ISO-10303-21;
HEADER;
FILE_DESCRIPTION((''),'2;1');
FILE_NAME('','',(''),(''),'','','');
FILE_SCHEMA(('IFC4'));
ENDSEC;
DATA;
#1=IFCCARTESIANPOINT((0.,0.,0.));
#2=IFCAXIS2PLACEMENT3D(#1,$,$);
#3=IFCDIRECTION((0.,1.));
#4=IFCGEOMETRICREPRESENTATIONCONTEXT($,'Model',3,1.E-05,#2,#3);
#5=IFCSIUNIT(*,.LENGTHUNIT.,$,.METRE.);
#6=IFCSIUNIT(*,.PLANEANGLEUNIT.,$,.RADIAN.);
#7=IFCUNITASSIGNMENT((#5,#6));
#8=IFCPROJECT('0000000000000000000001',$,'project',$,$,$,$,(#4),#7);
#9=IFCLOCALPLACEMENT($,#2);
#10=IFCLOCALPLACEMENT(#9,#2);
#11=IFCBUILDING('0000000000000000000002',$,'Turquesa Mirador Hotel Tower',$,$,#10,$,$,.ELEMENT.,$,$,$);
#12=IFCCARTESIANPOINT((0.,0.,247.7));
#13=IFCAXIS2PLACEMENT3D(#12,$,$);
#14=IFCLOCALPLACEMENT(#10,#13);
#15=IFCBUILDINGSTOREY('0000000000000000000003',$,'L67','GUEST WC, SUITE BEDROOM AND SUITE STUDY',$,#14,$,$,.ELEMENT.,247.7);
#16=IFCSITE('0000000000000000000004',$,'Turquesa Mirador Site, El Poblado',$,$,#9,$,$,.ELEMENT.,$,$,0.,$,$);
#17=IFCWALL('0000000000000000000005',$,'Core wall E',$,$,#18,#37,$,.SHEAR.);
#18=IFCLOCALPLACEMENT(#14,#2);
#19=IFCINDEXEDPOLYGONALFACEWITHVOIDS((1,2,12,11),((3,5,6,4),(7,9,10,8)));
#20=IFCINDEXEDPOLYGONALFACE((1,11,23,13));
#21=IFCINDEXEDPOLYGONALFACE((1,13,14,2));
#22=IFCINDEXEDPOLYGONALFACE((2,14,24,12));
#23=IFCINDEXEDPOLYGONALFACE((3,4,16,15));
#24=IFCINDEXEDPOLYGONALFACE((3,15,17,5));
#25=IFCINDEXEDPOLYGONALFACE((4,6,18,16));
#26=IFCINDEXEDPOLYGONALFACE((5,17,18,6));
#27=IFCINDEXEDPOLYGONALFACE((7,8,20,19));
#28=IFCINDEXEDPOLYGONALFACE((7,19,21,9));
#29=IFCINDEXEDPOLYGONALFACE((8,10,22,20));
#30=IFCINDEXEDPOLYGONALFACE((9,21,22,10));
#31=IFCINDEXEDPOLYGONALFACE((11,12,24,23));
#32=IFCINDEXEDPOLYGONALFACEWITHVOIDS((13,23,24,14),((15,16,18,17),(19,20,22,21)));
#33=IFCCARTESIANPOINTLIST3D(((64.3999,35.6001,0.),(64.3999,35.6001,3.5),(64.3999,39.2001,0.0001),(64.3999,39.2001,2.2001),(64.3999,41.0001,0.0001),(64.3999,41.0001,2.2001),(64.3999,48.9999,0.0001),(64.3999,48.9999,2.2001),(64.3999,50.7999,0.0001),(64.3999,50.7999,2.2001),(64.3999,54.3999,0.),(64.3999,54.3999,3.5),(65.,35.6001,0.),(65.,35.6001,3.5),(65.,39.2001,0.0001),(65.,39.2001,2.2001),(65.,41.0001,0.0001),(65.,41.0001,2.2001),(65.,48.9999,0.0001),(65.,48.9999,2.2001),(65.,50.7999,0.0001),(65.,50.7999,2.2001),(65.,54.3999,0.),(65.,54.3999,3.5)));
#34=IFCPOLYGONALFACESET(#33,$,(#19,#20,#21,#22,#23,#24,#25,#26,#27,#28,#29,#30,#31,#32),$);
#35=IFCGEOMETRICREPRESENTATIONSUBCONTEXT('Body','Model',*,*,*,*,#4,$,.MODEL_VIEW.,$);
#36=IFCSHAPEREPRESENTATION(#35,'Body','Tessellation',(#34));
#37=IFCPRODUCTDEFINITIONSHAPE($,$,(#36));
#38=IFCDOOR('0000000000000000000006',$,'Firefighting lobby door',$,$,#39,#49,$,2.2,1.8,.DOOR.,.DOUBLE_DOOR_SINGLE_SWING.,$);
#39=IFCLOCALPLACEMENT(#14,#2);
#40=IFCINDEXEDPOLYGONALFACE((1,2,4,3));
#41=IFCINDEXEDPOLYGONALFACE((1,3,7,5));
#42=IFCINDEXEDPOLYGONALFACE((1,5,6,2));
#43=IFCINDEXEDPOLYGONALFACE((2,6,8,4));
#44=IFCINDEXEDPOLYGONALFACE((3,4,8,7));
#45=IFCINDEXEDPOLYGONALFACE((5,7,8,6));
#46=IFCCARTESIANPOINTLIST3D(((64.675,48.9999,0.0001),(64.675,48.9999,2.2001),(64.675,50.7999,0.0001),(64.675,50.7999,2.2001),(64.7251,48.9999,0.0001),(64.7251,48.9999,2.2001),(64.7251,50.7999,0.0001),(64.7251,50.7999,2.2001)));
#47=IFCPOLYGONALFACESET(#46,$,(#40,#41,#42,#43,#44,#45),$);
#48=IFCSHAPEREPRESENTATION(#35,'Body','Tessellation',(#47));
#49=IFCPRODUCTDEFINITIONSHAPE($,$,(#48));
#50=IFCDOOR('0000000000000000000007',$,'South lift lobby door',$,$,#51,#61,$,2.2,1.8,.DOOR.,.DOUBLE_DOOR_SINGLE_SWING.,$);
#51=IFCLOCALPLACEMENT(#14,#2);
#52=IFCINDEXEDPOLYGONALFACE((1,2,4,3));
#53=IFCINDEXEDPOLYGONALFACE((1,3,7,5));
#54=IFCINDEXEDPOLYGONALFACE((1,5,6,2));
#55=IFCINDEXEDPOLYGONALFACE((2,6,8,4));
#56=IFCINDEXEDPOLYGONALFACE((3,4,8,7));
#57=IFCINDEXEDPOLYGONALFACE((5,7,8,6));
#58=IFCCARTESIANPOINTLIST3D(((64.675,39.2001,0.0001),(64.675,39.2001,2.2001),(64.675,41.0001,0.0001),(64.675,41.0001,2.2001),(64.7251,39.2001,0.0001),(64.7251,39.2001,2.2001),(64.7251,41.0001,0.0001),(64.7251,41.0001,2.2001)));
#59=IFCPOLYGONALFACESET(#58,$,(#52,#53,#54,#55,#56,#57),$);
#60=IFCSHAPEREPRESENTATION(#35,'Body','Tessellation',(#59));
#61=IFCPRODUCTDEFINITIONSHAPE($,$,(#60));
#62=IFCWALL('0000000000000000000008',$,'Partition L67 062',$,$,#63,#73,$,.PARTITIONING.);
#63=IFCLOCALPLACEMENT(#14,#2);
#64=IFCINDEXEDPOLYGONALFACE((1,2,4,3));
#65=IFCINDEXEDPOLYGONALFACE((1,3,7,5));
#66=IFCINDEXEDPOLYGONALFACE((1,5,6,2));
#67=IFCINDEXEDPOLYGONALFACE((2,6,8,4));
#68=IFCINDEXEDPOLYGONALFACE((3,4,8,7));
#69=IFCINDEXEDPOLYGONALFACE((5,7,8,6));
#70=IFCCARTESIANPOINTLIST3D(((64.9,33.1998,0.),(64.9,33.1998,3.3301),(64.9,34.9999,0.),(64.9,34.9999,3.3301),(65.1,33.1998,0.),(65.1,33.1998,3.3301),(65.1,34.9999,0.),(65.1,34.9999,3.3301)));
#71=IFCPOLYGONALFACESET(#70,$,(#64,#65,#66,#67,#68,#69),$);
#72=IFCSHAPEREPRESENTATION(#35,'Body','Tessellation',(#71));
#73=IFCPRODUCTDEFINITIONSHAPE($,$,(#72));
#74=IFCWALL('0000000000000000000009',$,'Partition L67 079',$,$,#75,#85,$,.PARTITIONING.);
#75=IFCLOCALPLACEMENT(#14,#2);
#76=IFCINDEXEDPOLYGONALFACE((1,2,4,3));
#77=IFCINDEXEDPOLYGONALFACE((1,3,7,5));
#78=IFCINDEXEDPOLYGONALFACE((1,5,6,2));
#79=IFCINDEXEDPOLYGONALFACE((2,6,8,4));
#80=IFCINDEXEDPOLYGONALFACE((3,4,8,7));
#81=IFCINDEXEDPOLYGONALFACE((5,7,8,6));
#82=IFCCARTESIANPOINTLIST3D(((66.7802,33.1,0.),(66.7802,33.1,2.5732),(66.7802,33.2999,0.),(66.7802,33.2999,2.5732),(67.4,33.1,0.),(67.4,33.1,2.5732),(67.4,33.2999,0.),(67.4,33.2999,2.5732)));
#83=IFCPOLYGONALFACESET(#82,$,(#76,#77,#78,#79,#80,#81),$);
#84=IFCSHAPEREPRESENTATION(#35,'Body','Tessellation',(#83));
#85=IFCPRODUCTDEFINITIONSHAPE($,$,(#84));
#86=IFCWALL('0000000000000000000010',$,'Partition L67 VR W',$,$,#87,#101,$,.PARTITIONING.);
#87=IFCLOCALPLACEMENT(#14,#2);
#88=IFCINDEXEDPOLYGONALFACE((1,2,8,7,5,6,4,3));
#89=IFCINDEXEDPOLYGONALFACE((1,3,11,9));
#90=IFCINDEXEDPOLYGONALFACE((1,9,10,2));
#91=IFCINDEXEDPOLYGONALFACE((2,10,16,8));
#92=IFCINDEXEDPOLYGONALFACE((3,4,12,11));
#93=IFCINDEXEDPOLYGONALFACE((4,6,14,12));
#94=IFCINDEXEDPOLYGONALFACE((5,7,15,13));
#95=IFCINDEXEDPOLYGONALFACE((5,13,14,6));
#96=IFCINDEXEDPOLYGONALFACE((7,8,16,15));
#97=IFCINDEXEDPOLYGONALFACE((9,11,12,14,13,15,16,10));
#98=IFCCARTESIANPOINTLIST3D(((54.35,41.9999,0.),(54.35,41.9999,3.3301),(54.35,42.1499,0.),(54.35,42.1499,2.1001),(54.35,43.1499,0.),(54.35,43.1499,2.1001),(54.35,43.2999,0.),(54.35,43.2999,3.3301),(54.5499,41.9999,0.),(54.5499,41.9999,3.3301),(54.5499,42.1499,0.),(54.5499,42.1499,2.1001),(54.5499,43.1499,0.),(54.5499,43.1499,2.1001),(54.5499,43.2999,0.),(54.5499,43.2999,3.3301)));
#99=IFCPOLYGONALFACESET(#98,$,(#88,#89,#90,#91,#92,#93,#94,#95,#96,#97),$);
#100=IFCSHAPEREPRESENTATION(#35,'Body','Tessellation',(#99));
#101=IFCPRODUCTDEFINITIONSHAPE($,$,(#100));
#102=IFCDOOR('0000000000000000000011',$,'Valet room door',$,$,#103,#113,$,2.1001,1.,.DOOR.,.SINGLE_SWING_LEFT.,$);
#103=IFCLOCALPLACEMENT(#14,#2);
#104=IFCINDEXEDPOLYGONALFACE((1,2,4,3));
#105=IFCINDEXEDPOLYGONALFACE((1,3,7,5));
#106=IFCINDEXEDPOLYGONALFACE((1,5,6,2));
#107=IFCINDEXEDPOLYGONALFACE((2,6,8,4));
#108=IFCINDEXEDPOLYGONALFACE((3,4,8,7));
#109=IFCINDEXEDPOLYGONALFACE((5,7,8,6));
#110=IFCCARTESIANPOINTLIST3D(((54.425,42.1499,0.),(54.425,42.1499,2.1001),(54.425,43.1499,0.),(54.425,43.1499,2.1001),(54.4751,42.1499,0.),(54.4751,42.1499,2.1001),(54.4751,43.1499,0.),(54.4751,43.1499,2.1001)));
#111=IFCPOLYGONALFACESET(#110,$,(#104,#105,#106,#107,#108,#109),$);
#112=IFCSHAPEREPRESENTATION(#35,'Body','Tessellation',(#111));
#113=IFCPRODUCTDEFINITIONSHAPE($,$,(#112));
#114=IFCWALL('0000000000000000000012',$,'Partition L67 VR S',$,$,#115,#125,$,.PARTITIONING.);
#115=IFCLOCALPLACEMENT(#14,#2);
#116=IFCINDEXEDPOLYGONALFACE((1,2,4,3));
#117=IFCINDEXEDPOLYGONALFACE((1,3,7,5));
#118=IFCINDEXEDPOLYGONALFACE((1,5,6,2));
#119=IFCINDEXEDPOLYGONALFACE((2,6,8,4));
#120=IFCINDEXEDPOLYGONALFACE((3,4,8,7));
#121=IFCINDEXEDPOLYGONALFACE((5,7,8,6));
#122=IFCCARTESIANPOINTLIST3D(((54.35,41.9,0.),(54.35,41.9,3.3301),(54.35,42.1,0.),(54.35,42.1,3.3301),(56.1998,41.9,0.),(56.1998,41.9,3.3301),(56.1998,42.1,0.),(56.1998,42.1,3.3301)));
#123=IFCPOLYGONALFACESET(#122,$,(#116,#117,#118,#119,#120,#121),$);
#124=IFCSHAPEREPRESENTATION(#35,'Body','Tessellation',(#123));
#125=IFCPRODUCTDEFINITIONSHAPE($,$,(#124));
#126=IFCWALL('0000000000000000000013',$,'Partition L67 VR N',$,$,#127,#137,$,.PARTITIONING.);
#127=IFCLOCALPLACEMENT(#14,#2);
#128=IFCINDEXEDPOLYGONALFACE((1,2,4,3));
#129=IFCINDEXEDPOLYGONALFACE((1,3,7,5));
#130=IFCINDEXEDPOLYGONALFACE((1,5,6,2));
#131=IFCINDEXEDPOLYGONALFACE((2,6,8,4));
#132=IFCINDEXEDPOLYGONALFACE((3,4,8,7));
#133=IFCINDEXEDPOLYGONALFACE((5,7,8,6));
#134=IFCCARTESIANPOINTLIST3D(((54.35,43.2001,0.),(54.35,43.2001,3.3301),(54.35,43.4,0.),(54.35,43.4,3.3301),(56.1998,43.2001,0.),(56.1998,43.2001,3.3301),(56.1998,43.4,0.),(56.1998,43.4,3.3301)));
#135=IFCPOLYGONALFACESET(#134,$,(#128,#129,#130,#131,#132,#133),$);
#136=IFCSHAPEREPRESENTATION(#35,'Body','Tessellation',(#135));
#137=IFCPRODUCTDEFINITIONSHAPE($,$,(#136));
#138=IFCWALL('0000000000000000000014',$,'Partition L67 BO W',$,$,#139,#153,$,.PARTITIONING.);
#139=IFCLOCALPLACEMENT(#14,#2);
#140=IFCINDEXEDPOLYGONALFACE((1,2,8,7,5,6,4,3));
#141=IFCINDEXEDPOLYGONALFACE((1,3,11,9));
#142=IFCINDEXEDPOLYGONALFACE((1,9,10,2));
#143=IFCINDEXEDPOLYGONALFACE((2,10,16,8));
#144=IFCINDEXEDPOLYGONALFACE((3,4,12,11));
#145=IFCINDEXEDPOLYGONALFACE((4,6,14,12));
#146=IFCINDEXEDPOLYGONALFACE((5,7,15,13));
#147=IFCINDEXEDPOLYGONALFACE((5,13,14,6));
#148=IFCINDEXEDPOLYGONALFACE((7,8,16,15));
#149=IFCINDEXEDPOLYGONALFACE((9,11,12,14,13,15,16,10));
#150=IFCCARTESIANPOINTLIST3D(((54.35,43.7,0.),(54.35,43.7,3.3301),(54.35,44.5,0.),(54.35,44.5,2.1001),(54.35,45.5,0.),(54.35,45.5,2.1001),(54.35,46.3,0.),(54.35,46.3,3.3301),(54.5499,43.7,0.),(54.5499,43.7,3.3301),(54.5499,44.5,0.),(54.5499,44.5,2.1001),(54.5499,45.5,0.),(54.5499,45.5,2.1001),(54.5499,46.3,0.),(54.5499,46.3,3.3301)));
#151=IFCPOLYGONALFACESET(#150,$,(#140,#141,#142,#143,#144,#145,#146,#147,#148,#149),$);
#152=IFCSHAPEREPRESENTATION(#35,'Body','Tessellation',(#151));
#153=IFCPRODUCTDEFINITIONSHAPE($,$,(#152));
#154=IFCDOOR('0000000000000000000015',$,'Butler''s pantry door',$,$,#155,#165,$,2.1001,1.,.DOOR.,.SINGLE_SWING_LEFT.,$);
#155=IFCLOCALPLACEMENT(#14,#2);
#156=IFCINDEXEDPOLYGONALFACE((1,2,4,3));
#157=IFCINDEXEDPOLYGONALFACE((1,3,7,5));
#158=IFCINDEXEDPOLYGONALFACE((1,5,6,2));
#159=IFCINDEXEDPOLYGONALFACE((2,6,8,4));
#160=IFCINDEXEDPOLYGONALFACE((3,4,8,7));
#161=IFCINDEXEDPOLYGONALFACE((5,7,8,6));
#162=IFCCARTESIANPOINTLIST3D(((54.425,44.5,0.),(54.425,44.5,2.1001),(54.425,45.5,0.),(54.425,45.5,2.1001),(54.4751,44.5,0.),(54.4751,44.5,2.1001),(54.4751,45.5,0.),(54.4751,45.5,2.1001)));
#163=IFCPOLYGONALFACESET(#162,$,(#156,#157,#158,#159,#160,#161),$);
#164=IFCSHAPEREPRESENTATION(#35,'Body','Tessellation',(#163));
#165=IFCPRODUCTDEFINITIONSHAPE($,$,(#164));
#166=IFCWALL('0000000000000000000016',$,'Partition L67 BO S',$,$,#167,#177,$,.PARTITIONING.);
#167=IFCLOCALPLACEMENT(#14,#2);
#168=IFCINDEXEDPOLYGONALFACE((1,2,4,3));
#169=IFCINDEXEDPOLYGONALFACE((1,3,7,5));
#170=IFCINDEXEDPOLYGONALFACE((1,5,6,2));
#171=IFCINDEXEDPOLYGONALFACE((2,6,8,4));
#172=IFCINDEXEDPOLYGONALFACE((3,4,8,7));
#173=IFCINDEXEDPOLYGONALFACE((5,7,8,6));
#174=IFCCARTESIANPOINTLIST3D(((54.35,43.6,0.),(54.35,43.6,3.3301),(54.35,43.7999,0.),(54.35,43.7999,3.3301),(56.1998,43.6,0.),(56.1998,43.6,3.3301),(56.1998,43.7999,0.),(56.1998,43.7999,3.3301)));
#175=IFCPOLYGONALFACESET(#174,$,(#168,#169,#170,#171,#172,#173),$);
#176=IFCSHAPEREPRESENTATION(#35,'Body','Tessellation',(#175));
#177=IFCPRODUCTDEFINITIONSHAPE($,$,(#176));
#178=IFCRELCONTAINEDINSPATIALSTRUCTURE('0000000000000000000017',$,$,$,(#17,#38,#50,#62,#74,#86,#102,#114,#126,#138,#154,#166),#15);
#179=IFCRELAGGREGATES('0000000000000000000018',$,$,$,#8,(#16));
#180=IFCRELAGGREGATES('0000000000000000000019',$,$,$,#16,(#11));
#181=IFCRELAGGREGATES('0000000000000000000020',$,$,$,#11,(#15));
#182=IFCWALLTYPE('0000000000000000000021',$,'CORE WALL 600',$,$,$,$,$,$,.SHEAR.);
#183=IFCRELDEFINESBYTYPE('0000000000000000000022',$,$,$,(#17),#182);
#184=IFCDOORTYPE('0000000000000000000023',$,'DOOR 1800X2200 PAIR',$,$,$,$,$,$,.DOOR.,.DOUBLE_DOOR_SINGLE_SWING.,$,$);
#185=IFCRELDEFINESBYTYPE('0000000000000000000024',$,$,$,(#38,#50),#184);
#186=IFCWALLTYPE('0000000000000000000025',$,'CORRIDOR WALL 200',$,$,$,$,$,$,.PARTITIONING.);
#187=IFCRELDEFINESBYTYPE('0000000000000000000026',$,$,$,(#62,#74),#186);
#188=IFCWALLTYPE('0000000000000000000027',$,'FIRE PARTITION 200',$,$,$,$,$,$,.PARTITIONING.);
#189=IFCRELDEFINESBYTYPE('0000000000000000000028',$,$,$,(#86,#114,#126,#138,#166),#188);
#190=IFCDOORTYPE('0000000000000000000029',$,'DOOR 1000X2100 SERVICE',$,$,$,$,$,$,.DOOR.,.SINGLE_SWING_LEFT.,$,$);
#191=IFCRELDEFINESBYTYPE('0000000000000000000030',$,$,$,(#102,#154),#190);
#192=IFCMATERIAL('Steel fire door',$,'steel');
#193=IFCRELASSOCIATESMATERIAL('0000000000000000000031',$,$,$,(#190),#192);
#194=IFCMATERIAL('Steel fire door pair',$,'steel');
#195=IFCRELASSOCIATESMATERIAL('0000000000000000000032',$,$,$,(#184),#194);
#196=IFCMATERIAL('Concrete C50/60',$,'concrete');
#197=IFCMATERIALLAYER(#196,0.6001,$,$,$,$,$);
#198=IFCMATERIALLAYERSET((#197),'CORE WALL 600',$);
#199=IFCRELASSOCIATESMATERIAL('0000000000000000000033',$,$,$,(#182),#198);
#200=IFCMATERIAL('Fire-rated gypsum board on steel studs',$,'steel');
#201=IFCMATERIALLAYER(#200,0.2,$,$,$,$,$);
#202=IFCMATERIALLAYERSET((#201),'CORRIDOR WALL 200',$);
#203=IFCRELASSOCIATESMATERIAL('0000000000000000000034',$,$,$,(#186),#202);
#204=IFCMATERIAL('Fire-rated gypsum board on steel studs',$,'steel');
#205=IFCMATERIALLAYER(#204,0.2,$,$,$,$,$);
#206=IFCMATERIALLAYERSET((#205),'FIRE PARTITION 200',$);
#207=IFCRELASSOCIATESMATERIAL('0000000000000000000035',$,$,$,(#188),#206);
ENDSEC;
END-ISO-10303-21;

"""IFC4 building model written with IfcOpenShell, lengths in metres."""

from ifc_helpers import new_model, si_unit, direction, frame, frame_2d, origin, place, context, subcontext, project, spatial, rectangle, extrude, material, layer, layer_set, type_object, element, fill, save


model = new_model("IFC4")

# Units and contexts
model_context = context("Model", 3, precision=1e-05, world=origin(), true_north=direction((0.0, 1.0)))
body_context = subcontext(model_context, "Body", "Model", "MODEL_VIEW")
ifc_project = project(units=[si_unit("LENGTHUNIT", "METRE"), si_unit("PLANEANGLEUNIT", "RADIAN")], contexts=[model_context])

# Site, building, storey
site_placement = place(None, origin())
site = spatial("IfcSite", under=ifc_project, at=site_placement, Name="Turquesa Mirador Site, El Poblado", CompositionType="ELEMENT", RefElevation=0.0)
building_placement = place(site_placement, origin())
building = spatial("IfcBuilding", under=site, at=building_placement, Name="Turquesa Mirador Hotel Tower", CompositionType="ELEMENT")
storey_placement = place(building_placement, frame((0.0, 0.0, 247.7)))
storey = spatial("IfcBuildingStorey", under=building, at=storey_placement, Name="L67", Description="GUEST WC, SUITE BEDROOM AND SUITE STUDY", CompositionType="ELEMENT", Elevation=247.7)

# Shared definitions
ifc_material_1 = material(Name="Steel fire door", Category="steel")
door_type_1 = type_object("IfcDoorType", Name="DOOR 1000X2100 SERVICE", OperationType="SINGLE_SWING_LEFT", PredefinedType="DOOR", material=ifc_material_1)
ifc_material_2 = material(Name="Steel fire door pair", Category="steel")
door_type_2 = type_object("IfcDoorType", Name="DOOR 1800X2200 PAIR", OperationType="DOUBLE_DOOR_SINGLE_SWING", PredefinedType="DOOR", material=ifc_material_2)

# Wall, openings, doors
ifc_material_3 = material(Name="Concrete C50/60", Category="concrete")
ifc_layer_1 = layer(ifc_material_3, 0.6001)
ifc_layer_set_1 = layer_set([ifc_layer_1], Name="CORE WALL 600")
wall_type_1 = type_object("IfcWallType", Name="CORE WALL 600", PredefinedType="SHEAR", material=ifc_layer_set_1)
wall_1_placement = place(storey_placement, frame((64.7, 35.6001, 0.0), z_axis=(0.0, 0.0, 1.0), x_axis=(0.0, 1.0, 0.0)))
wall_1 = element("IfcWall", 1, at=wall_1_placement, inside=storey, type_object=wall_type_1, Name="Core wall E", PredefinedType="SHEAR", context=body_context, shape_type="SweptSolid", body=[
    extrude(rectangle(XDim=18.7998, YDim=0.6001, at=frame_2d((9.3999, 0.0))), origin(), (0.0, 0.0, 1.0), 3.5),
])
opening_1_placement = place(wall_1_placement, frame((13.3999, 0.0, 0.0)))
opening_1 = element("IfcOpeningElement", 2, at=opening_1_placement, cuts=wall_1, PredefinedType="OPENING", context=body_context, shape_type="SweptSolid", body=[
    extrude(rectangle(XDim=1.8, YDim=2.2, at=frame_2d((0.8999, 1.1001))), frame((0.0, 0.3101, 0.0), z_axis=(0.0, -1.0, 0.0), x_axis=(1.0, 0.0, 0.0)), (0.0, 0.0, 1.0), 0.6201),
])
opening_2_placement = place(wall_1_placement, frame((3.6001, 0.0, 0.0)))
opening_2 = element("IfcOpeningElement", 3, at=opening_2_placement, cuts=wall_1, PredefinedType="OPENING", context=body_context, shape_type="SweptSolid", body=[
    extrude(rectangle(XDim=1.8, YDim=2.2, at=frame_2d((0.8999, 1.1001))), frame((0.0, 0.3101, 0.0), z_axis=(0.0, -1.0, 0.0), x_axis=(1.0, 0.0, 0.0)), (0.0, 0.0, 1.0), 0.6201),
])
door_1_placement = place(opening_1_placement, origin())
door_1 = element("IfcDoor", 4, at=door_1_placement, inside=storey, type_object=door_type_2, Name="Firefighting lobby door", OperationType="DOUBLE_DOOR_SINGLE_SWING", OverallHeight=2.2, OverallWidth=1.8, PredefinedType="DOOR", context=body_context, shape_type="SweptSolid", body=[
    extrude(rectangle(XDim=1.8, YDim=2.2, at=frame_2d((0.8999, 1.1001))), frame((0.0, 0.0249, 0.0), z_axis=(0.0, -1.0, 0.0), x_axis=(1.0, 0.0, 0.0)), (0.0, 0.0, 1.0), 0.05),
])
fill(opening_1, door_1)
door_2_placement = place(opening_2_placement, origin())
door_2 = element("IfcDoor", 5, at=door_2_placement, inside=storey, type_object=door_type_2, Name="South lift lobby door", OperationType="DOUBLE_DOOR_SINGLE_SWING", OverallHeight=2.2, OverallWidth=1.8, PredefinedType="DOOR", context=body_context, shape_type="SweptSolid", body=[
    extrude(rectangle(XDim=1.8, YDim=2.2, at=frame_2d((0.8999, 1.1001))), frame((0.0, 0.0249, 0.0), z_axis=(0.0, -1.0, 0.0), x_axis=(1.0, 0.0, 0.0)), (0.0, 0.0, 1.0), 0.05),
])
fill(opening_2, door_2)

# Walls
ifc_material_4 = material(Name="Fire-rated gypsum board on steel studs", Category="steel")
ifc_layer_2 = layer(ifc_material_4, 0.2)
ifc_layer_set_2 = layer_set([ifc_layer_2], Name="CORRIDOR WALL 200")
wall_type_2 = type_object("IfcWallType", Name="CORRIDOR WALL 200", PredefinedType="PARTITIONING", material=ifc_layer_set_2)
wall_2_placement = place(storey_placement, frame((65.0, 33.2, 0.0), z_axis=(0.0, 0.0, 1.0), x_axis=(0.0, 1.0, 0.0)))
element("IfcWall", 6, at=wall_2_placement, inside=storey, type_object=wall_type_2, Name="Partition L67 062", PredefinedType="PARTITIONING", context=body_context, shape_type="SweptSolid", body=[
    extrude(rectangle(XDim=1.8, YDim=0.2, at=frame_2d((0.8999, 0.0))), origin(), (0.0, 0.0, 1.0), 3.3301),
])
wall_3_placement = place(storey_placement, frame((66.78, 33.2, 0.0), z_axis=(0.0, 0.0, 1.0), x_axis=(1.0, 0.0, 0.0)))
element("IfcWall", 7, at=wall_3_placement, inside=storey, type_object=wall_type_2, Name="Partition L67 079", PredefinedType="PARTITIONING", context=body_context, shape_type="SweptSolid", body=[
    extrude(rectangle(XDim=0.6199, YDim=0.2, at=frame_2d((0.3101, 0.0))), origin(), (0.0, 0.0, 1.0), 2.5732),
])

# Wall, opening, door
ifc_material_5 = material(Name="Fire-rated gypsum board on steel studs", Category="steel")
ifc_layer_3 = layer(ifc_material_5, 0.2)
ifc_layer_set_3 = layer_set([ifc_layer_3], Name="FIRE PARTITION 200")
wall_type_3 = type_object("IfcWallType", Name="FIRE PARTITION 200", PredefinedType="PARTITIONING", material=ifc_layer_set_3)
wall_4_placement = place(storey_placement, frame((54.45, 42.0, 0.0), z_axis=(0.0, 0.0, 1.0), x_axis=(0.0, 1.0, 0.0)))
wall_4 = element("IfcWall", 8, at=wall_4_placement, inside=storey, type_object=wall_type_3, Name="Partition L67 VR W", PredefinedType="PARTITIONING", context=body_context, shape_type="SweptSolid", body=[
    extrude(rectangle(XDim=1.3, YDim=0.2, at=frame_2d((0.6499, 0.0))), origin(), (0.0, 0.0, 1.0), 3.3301),
])
opening_3_placement = place(wall_4_placement, frame((0.1499, 0.0, 0.0)))
opening_3 = element("IfcOpeningElement", 9, at=opening_3_placement, cuts=wall_4, PredefinedType="OPENING", context=body_context, shape_type="SweptSolid", body=[
    extrude(rectangle(XDim=1.0, YDim=2.1001, at=frame_2d((0.5, 1.05))), frame((0.0, 0.1099, 0.0), z_axis=(0.0, -1.0, 0.0), x_axis=(1.0, 0.0, 0.0)), (0.0, 0.0, 1.0), 0.22),
])
door_3_placement = place(opening_3_placement, origin())
door_3 = element("IfcDoor", 10, at=door_3_placement, inside=storey, type_object=door_type_1, Name="Valet room door", OperationType="SINGLE_SWING_LEFT", OverallHeight=2.1001, OverallWidth=1.0, PredefinedType="DOOR", context=body_context, shape_type="SweptSolid", body=[
    extrude(rectangle(XDim=1.0, YDim=2.1001, at=frame_2d((0.5, 1.05))), frame((0.0, 0.0249, 0.0), z_axis=(0.0, -1.0, 0.0), x_axis=(1.0, 0.0, 0.0)), (0.0, 0.0, 1.0), 0.05),
])
fill(opening_3, door_3)

# Walls
for number, where, z_axis, x_axis, name in (
    (11, (54.3501, 42.0, 0.0), (0.0, 0.0, 1.0), (1.0, 0.0, 0.0), "Partition L67 VR S"),
    (12, (54.3501, 43.3, 0.0), (0.0, 0.0, 1.0), (1.0, 0.0, 0.0), "Partition L67 VR N"),
):
    element("IfcWall", number, at=place(storey_placement, frame(where, z_axis=z_axis, x_axis=x_axis)), inside=storey, type_object=wall_type_3, Name=name, PredefinedType="PARTITIONING", context=body_context, shape_type="SweptSolid", body=[
        extrude(rectangle(XDim=1.8499, YDim=0.2, at=frame_2d((0.9248, 0.0))), origin(), (0.0, 0.0, 1.0), 3.3301),
    ])

# Wall, opening, door
wall_5_placement = place(storey_placement, frame((54.45, 43.7, 0.0), z_axis=(0.0, 0.0, 1.0), x_axis=(0.0, 1.0, 0.0)))
wall_5 = element("IfcWall", 13, at=wall_5_placement, inside=storey, type_object=wall_type_3, Name="Partition L67 BO W", PredefinedType="PARTITIONING", context=body_context, shape_type="SweptSolid", body=[
    extrude(rectangle(XDim=2.6001, YDim=0.2, at=frame_2d((1.3, 0.0))), origin(), (0.0, 0.0, 1.0), 3.3301),
])
opening_4_placement = place(wall_5_placement, frame((0.8, 0.0, 0.0)))
opening_4 = element("IfcOpeningElement", 14, at=opening_4_placement, cuts=wall_5, PredefinedType="OPENING", context=body_context, shape_type="SweptSolid", body=[
    extrude(rectangle(XDim=1.0, YDim=2.1001, at=frame_2d((0.5, 1.05))), frame((0.0, 0.1099, 0.0), z_axis=(0.0, -1.0, 0.0), x_axis=(1.0, 0.0, 0.0)), (0.0, 0.0, 1.0), 0.22),
])
door_4_placement = place(opening_4_placement, origin())
door_4 = element("IfcDoor", 15, at=door_4_placement, inside=storey, type_object=door_type_1, Name="Butler's pantry door", OperationType="SINGLE_SWING_LEFT", OverallHeight=2.1001, OverallWidth=1.0, PredefinedType="DOOR", context=body_context, shape_type="SweptSolid", body=[
    extrude(rectangle(XDim=1.0, YDim=2.1001, at=frame_2d((0.5, 1.05))), frame((0.0, 0.0249, 0.0), z_axis=(0.0, -1.0, 0.0), x_axis=(1.0, 0.0, 0.0)), (0.0, 0.0, 1.0), 0.05),
])
fill(opening_4, door_4)

# Wall
wall_6_placement = place(storey_placement, frame((54.3501, 43.7, 0.0), z_axis=(0.0, 0.0, 1.0), x_axis=(1.0, 0.0, 0.0)))
element("IfcWall", 16, at=wall_6_placement, inside=storey, type_object=wall_type_3, Name="Partition L67 BO S", PredefinedType="PARTITIONING", context=body_context, shape_type="SweptSolid", body=[
    extrude(rectangle(XDim=1.8499, YDim=0.2, at=frame_2d((0.9248, 0.0))), origin(), (0.0, 0.0, 1.0), 3.3301),
])

save(model, "model.ifc")
